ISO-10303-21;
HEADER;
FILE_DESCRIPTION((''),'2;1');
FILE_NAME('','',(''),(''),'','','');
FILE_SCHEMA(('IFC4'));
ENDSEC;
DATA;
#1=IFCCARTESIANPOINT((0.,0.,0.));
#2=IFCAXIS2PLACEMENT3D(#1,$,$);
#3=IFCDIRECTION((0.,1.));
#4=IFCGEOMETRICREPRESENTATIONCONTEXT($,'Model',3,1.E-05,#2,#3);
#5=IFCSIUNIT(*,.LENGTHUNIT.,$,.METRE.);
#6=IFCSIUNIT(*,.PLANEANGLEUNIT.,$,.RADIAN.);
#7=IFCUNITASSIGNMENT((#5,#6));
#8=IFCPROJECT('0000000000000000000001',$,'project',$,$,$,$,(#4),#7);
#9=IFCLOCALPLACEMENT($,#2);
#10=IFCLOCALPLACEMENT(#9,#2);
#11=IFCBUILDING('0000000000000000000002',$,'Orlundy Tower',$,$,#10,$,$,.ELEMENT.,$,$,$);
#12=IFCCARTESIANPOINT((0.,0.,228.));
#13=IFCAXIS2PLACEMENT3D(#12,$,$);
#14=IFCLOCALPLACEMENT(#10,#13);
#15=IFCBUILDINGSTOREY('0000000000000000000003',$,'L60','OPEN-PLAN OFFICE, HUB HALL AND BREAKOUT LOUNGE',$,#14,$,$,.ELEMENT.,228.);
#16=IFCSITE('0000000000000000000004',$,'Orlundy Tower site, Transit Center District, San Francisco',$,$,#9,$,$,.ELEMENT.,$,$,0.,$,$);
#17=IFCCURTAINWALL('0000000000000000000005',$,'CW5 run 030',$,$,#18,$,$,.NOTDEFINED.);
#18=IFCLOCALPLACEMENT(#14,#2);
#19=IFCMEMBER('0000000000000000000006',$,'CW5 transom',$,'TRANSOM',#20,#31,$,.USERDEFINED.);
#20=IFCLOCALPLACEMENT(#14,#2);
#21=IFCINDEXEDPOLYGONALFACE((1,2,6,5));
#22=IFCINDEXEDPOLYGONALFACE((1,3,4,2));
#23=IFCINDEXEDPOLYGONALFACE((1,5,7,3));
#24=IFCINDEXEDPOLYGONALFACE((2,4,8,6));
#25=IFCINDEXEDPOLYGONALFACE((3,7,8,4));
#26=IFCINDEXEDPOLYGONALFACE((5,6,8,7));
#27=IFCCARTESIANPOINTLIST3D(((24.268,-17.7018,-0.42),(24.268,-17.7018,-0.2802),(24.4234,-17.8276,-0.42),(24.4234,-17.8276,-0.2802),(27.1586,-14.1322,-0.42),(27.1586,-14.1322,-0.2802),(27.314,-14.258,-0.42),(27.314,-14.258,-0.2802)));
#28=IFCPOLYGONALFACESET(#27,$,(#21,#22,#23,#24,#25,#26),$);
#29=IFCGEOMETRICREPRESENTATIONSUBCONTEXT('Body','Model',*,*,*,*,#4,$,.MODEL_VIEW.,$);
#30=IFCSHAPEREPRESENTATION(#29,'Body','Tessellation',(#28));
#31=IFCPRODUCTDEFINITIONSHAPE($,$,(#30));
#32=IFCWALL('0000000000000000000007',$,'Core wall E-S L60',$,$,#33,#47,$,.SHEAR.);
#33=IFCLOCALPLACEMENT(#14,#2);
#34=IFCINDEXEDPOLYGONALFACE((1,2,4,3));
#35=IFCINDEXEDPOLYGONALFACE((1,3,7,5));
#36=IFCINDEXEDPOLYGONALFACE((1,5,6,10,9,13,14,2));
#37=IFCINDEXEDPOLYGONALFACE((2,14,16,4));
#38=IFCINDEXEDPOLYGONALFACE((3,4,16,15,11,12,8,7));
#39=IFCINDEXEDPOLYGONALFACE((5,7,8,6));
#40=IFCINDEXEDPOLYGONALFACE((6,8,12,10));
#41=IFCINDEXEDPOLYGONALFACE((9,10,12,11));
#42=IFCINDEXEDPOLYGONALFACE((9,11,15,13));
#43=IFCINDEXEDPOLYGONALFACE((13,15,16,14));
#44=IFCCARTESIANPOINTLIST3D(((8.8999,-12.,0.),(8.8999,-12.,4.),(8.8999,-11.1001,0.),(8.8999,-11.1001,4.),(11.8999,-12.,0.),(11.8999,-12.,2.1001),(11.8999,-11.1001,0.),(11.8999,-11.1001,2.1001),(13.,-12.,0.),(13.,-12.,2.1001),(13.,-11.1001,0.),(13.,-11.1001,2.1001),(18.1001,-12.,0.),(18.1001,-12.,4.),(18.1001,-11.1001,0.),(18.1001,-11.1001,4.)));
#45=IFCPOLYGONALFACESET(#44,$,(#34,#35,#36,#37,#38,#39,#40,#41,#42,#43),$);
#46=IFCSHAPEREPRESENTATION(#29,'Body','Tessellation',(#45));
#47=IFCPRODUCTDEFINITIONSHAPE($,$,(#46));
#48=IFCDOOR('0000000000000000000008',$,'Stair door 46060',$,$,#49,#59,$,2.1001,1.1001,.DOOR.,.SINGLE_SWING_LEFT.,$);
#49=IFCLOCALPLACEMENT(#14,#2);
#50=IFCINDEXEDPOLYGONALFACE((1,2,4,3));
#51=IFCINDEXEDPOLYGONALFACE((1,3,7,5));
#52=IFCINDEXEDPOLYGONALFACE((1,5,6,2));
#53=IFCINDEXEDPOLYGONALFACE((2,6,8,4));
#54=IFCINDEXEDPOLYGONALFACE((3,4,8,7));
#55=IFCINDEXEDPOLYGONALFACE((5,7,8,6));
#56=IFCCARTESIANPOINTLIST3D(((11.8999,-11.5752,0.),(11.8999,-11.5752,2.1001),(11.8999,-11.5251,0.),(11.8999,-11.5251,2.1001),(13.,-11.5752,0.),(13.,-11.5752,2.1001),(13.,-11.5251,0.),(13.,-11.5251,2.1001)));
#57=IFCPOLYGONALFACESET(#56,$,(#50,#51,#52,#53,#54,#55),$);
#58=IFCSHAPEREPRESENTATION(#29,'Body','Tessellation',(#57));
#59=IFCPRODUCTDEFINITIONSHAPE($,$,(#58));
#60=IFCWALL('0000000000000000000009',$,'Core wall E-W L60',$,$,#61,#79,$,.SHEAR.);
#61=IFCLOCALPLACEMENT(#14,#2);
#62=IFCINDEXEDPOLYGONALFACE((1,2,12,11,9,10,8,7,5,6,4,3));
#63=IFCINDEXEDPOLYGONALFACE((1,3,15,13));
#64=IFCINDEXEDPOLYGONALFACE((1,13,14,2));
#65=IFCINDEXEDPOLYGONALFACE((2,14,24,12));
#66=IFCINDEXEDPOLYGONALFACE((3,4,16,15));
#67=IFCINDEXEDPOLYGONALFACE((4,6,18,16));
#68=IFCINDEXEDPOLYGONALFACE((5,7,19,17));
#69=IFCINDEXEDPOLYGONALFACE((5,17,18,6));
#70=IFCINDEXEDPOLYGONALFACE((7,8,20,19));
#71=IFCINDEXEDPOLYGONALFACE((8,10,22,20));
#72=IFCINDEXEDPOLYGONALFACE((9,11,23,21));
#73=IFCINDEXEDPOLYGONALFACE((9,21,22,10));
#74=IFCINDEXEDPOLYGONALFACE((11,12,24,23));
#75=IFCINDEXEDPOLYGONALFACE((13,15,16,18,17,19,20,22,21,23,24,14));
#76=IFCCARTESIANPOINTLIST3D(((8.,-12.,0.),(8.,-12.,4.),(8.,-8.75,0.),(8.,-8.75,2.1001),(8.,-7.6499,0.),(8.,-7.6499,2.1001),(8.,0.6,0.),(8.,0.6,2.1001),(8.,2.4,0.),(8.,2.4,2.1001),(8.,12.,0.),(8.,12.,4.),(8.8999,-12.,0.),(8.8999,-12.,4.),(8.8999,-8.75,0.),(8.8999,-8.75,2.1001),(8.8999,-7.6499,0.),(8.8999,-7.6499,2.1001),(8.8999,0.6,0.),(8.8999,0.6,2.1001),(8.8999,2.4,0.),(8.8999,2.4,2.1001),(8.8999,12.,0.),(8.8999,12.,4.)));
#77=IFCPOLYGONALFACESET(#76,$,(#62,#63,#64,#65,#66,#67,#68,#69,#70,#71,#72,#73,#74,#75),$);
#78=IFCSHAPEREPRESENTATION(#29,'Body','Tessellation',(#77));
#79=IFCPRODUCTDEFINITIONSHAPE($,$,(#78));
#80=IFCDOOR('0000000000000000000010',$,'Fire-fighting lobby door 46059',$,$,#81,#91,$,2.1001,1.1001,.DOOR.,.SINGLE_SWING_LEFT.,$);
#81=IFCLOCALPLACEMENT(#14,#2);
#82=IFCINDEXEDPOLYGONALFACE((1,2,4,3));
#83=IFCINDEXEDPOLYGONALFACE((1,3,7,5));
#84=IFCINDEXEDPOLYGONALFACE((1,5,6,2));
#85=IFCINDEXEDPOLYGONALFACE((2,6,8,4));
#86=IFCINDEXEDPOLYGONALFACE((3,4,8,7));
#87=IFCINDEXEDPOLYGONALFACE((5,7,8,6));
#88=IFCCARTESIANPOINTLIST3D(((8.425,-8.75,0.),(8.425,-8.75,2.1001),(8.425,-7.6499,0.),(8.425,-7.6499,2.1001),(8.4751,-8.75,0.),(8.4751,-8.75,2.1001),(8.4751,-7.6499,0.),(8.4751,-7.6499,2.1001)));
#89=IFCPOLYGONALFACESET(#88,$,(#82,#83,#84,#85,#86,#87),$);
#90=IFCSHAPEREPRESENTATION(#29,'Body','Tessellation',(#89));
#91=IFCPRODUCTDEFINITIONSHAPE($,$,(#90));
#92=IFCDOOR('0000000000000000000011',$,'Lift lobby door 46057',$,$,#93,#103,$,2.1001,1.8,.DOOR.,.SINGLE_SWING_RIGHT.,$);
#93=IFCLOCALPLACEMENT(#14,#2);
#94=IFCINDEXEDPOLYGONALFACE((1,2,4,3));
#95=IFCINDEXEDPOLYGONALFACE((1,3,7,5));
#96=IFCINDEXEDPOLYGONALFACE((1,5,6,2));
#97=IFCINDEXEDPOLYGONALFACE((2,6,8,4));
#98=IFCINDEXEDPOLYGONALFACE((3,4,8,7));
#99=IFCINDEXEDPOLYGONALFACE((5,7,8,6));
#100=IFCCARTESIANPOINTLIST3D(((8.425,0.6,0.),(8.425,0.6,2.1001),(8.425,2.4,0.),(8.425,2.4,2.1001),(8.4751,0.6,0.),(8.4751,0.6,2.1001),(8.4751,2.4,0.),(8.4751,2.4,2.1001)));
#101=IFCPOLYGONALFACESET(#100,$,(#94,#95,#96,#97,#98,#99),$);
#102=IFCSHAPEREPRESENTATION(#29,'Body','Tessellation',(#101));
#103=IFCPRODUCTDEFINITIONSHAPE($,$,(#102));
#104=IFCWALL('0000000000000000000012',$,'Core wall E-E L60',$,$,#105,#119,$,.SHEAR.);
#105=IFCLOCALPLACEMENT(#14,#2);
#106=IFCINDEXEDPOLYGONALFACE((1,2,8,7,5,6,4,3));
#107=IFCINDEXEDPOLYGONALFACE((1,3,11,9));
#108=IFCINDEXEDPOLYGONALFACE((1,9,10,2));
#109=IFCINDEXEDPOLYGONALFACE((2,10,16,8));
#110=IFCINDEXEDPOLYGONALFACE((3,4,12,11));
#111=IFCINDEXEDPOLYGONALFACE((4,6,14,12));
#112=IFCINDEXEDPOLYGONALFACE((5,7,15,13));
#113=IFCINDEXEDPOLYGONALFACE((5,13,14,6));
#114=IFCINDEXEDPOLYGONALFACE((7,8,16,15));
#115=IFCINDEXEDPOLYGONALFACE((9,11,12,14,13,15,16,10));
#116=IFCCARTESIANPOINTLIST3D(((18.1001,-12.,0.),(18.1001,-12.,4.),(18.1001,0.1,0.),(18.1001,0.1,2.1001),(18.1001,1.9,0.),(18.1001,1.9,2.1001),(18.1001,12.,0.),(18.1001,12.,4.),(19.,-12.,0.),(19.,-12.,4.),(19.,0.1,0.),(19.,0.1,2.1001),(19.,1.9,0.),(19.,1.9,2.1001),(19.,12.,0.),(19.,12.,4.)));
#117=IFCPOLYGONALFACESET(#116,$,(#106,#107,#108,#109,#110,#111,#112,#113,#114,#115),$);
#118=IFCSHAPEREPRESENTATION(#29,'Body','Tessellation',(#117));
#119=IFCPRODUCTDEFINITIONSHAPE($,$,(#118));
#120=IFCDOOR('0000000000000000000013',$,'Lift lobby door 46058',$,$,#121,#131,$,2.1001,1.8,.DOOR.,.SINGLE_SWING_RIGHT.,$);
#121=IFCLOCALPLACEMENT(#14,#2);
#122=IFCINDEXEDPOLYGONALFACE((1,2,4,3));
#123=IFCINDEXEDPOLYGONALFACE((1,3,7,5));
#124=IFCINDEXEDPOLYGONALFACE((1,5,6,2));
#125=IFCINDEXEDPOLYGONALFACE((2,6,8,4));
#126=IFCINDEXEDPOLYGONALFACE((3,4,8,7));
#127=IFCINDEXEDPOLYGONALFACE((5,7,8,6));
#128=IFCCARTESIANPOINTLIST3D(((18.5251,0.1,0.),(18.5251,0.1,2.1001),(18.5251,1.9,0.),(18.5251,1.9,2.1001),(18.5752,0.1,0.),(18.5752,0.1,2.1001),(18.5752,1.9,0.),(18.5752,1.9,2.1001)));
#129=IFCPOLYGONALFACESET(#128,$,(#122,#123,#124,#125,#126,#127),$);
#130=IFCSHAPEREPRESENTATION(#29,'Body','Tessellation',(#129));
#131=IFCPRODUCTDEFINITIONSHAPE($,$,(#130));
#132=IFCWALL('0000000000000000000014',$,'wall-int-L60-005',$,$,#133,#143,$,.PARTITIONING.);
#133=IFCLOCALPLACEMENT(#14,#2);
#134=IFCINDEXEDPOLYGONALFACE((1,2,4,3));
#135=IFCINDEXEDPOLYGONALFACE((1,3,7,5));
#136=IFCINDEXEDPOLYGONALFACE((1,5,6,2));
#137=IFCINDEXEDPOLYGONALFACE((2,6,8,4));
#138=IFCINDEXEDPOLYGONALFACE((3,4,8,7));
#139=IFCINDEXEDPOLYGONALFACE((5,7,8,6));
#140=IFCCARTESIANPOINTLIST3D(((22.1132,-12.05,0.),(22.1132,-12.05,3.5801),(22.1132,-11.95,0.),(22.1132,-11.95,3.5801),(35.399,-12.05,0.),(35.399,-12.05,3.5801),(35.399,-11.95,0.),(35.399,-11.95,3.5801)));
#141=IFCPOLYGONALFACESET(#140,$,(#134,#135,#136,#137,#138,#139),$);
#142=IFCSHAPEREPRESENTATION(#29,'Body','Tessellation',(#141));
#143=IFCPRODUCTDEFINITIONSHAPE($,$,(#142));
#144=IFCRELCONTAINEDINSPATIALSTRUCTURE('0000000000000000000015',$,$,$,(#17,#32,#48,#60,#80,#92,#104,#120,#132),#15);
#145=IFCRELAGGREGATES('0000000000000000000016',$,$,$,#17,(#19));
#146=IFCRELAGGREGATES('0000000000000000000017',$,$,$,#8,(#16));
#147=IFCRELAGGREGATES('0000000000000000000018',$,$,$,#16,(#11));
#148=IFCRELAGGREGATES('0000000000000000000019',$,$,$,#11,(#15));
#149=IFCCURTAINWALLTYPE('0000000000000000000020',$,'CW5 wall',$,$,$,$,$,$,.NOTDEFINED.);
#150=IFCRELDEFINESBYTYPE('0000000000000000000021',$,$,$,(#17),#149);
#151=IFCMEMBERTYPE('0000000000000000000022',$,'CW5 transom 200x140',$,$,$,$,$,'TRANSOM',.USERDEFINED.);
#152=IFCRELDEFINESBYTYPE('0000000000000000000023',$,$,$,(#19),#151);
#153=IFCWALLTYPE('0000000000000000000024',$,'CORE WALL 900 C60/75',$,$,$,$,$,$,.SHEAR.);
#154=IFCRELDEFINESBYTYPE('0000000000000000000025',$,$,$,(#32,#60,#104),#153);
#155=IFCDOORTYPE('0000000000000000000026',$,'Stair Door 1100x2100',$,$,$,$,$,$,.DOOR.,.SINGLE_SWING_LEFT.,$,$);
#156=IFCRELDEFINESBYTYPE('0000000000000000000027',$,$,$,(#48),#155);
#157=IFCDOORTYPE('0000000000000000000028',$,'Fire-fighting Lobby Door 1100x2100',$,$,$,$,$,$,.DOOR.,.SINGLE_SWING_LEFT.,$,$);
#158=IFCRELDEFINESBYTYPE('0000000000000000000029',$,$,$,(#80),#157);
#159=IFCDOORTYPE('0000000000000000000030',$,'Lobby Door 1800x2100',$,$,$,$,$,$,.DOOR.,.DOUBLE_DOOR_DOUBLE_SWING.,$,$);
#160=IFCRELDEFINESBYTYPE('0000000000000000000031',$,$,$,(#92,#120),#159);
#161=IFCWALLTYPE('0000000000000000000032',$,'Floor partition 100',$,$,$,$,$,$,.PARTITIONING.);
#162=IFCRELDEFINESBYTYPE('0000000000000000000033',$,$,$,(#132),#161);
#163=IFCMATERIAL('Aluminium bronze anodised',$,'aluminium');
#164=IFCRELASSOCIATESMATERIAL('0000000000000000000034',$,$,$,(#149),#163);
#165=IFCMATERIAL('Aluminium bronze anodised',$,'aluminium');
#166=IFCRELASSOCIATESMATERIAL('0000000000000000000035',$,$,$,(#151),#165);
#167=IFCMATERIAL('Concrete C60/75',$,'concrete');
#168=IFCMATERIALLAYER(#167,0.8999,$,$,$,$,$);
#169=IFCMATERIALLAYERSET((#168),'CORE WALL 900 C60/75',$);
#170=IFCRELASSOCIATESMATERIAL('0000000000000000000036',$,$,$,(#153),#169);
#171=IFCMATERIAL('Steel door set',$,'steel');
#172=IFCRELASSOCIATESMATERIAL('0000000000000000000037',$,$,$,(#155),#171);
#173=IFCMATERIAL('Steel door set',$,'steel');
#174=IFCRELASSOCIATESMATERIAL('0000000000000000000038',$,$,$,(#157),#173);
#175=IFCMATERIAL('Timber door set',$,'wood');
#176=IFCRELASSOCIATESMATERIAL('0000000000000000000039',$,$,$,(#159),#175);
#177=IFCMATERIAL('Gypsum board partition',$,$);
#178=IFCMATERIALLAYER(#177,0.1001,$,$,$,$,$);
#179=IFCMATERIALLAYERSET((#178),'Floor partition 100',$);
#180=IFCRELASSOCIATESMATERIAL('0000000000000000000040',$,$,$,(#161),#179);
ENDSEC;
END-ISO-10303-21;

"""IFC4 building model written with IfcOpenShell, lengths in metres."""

from ifc_helpers import new_model, si_unit, direction, frame, frame_2d, origin, origin_2d, place, context, subcontext, project, spatial, rectangle, extrude, material, layer, layer_set, material_profile, profile_set, type_object, element, fill, aggregate, save


model = new_model("IFC4")

# Units and contexts
model_context = context("Model", 3, precision=1e-05, world=origin(), true_north=direction((0.0, 1.0)))
body_context = subcontext(model_context, "Body", "Model", "MODEL_VIEW")
ifc_project = project(units=[si_unit("LENGTHUNIT", "METRE"), si_unit("PLANEANGLEUNIT", "RADIAN")], contexts=[model_context])

# Site, building, storey
site_placement = place(None, origin())
site = spatial("IfcSite", under=ifc_project, at=site_placement, Name="Orlundy Tower site, Transit Center District, San Francisco", CompositionType="ELEMENT", RefElevation=0.0)
building_placement = place(site_placement, origin())
building = spatial("IfcBuilding", under=site, at=building_placement, Name="Orlundy Tower", CompositionType="ELEMENT")
storey_placement = place(building_placement, frame((0.0, 0.0, 228.0)))
storey = spatial("IfcBuildingStorey", under=building, at=storey_placement, Name="L60", Description="OPEN-PLAN OFFICE, HUB HALL AND BREAKOUT LOUNGE", CompositionType="ELEMENT", Elevation=228.0)

# Curtain wall, member
ifc_material_1 = material(Name="Aluminium bronze anodised", Category="aluminium")
curtain_wall_type = type_object("IfcCurtainWallType", Name="CW5 wall", PredefinedType="NOTDEFINED", material=ifc_material_1)
curtain_wall_placement = place(storey_placement, origin())
curtain_wall = element("IfcCurtainWall", 1, at=curtain_wall_placement, inside=storey, type_object=curtain_wall_type, Name="CW5 run 030", PredefinedType="NOTDEFINED")
ifc_material_2 = material(Name="Aluminium bronze anodised", Category="aluminium")
ifc_material_profile = material_profile(ifc_material_2, rectangle(XDim=0.2, YDim=0.1399, at=origin_2d()), Name="CW5 transom 200x140")
ifc_profile_set = profile_set([ifc_material_profile], Name="Aluminium bronze anodised")
member_type = type_object("IfcMemberType", Name="CW5 transom 200x140", ElementType="TRANSOM", PredefinedType="USERDEFINED", material=ifc_profile_set)
member_placement = place(storey_placement, frame((27.2363, -14.1951, -0.3501), z_axis=(-0.629325, -0.777142, 0.0), x_axis=(0.777142, -0.629325, 0.0)))
member = element("IfcMember", 2, at=member_placement, type_object=member_type, Name="CW5 transom", ObjectType="TRANSOM", PredefinedType="USERDEFINED", context=body_context, shape_type="SweptSolid", body=[
    extrude(rectangle(XDim=0.2, YDim=0.1399, at=origin_2d()), origin(), (0.0, 0.0, 1.0), 4.5933),
])
aggregate(curtain_wall, [member])

# Wall, opening, door
ifc_material_3 = material(Name="Concrete C60/75", Category="concrete")
ifc_layer_1 = layer(ifc_material_3, 0.8999)
ifc_layer_set_1 = layer_set([ifc_layer_1], Name="CORE WALL 900 C60/75")
wall_type_1 = type_object("IfcWallType", Name="CORE WALL 900 C60/75", PredefinedType="SHEAR", material=ifc_layer_set_1)
wall_1_placement = place(storey_placement, frame((8.8999, -11.55, 0.0), z_axis=(0.0, 0.0, 1.0), x_axis=(1.0, 0.0, 0.0)))
wall_1 = element("IfcWall", 3, at=wall_1_placement, inside=storey, type_object=wall_type_1, Name="Core wall E-S L60", PredefinedType="SHEAR", context=body_context, shape_type="SweptSolid", body=[
    extrude(rectangle(XDim=9.2002, YDim=0.8999, at=frame_2d((4.6001, 0.0))), origin(), (0.0, 0.0, 1.0), 4.0),
])
opening_1_placement = place(wall_1_placement, frame((3.0, 0.0, 0.0)))
opening_1 = element("IfcOpeningElement", 4, at=opening_1_placement, cuts=wall_1, PredefinedType="OPENING", context=body_context, shape_type="SweptSolid", body=[
    extrude(rectangle(XDim=1.1001, YDim=2.1001, at=frame_2d((0.55, 1.05))), frame((0.0, 0.46, 0.0), z_axis=(0.0, -1.0, 0.0), x_axis=(1.0, 0.0, 0.0)), (0.0, 0.0, 1.0), 0.9199),
])
ifc_material_4 = material(Name="Steel door set", Category="steel")
door_type_1 = type_object("IfcDoorType", Name="Stair Door 1100x2100", OperationType="SINGLE_SWING_LEFT", PredefinedType="DOOR", material=ifc_material_4)
door_1_placement = place(opening_1_placement, origin())
door_1 = element("IfcDoor", 5, at=door_1_placement, inside=storey, type_object=door_type_1, Name="Stair door 46060", OperationType="SINGLE_SWING_LEFT", OverallHeight=2.1001, OverallWidth=1.1001, PredefinedType="DOOR", context=body_context, shape_type="SweptSolid", body=[
    extrude(rectangle(XDim=1.1001, YDim=2.1001, at=frame_2d((0.55, 1.05))), frame((0.0, 0.0249, 0.0), z_axis=(0.0, -1.0, 0.0), x_axis=(1.0, 0.0, 0.0)), (0.0, 0.0, 1.0), 0.05),
])
fill(opening_1, door_1)

# Wall, openings, doors
wall_2_placement = place(storey_placement, frame((8.45, -12.0, 0.0), z_axis=(0.0, 0.0, 1.0), x_axis=(0.0, 1.0, 0.0)))
wall_2 = element("IfcWall", 6, at=wall_2_placement, inside=storey, type_object=wall_type_1, Name="Core wall E-W L60", PredefinedType="SHEAR", context=body_context, shape_type="SweptSolid", body=[
    extrude(rectangle(XDim=24.0, YDim=0.8999, at=frame_2d((12.0, 0.0))), origin(), (0.0, 0.0, 1.0), 4.0),
])
opening_2_placement = place(wall_2_placement, frame((12.6001, 0.0, 0.0)))
opening_2 = element("IfcOpeningElement", 7, at=opening_2_placement, cuts=wall_2, PredefinedType="OPENING", context=body_context, shape_type="SweptSolid", body=[
    extrude(rectangle(XDim=1.8, YDim=2.1001, at=frame_2d((0.8999, 1.05))), frame((0.0, 0.46, 0.0), z_axis=(0.0, -1.0, 0.0), x_axis=(1.0, 0.0, 0.0)), (0.0, 0.0, 1.0), 0.9199),
])
opening_3_placement = place(wall_2_placement, frame((3.25, 0.0, 0.0)))
opening_3 = element("IfcOpeningElement", 8, at=opening_3_placement, cuts=wall_2, PredefinedType="OPENING", context=body_context, shape_type="SweptSolid", body=[
    extrude(rectangle(XDim=1.1001, YDim=2.1001, at=frame_2d((0.55, 1.05))), frame((0.0, 0.46, 0.0), z_axis=(0.0, -1.0, 0.0), x_axis=(1.0, 0.0, 0.0)), (0.0, 0.0, 1.0), 0.9199),
])
ifc_material_5 = material(Name="Steel door set", Category="steel")
door_type_2 = type_object("IfcDoorType", Name="Fire-fighting Lobby Door 1100x2100", OperationType="SINGLE_SWING_LEFT", PredefinedType="DOOR", material=ifc_material_5)
door_2_placement = place(opening_3_placement, origin())
door_2 = element("IfcDoor", 9, at=door_2_placement, inside=storey, type_object=door_type_2, Name="Fire-fighting lobby door 46059", OperationType="SINGLE_SWING_LEFT", OverallHeight=2.1001, OverallWidth=1.1001, PredefinedType="DOOR", context=body_context, shape_type="SweptSolid", body=[
    extrude(rectangle(XDim=1.1001, YDim=2.1001, at=frame_2d((0.55, 1.05))), frame((0.0, 0.0249, 0.0), z_axis=(0.0, -1.0, 0.0), x_axis=(1.0, 0.0, 0.0)), (0.0, 0.0, 1.0), 0.05),
])
fill(opening_3, door_2)
ifc_material_6 = material(Name="Timber door set", Category="wood")
door_type_3 = type_object("IfcDoorType", Name="Lobby Door 1800x2100", OperationType="DOUBLE_DOOR_DOUBLE_SWING", PredefinedType="DOOR", material=ifc_material_6)
door_3_placement = place(opening_2_placement, origin())
door_3 = element("IfcDoor", 10, at=door_3_placement, inside=storey, type_object=door_type_3, Name="Lift lobby door 46057", OperationType="SINGLE_SWING_RIGHT", OverallHeight=2.1001, OverallWidth=1.8, PredefinedType="DOOR", context=body_context, shape_type="SweptSolid", body=[
    extrude(rectangle(XDim=1.8, YDim=2.1001, at=frame_2d((0.8999, 1.05))), frame((0.0, 0.0249, 0.0), z_axis=(0.0, -1.0, 0.0), x_axis=(1.0, 0.0, 0.0)), (0.0, 0.0, 1.0), 0.05),
])
fill(opening_2, door_3)

# Wall, opening, door
wall_3_placement = place(storey_placement, frame((18.55, -12.0, 0.0), z_axis=(0.0, 0.0, 1.0), x_axis=(0.0, 1.0, 0.0)))
wall_3 = element("IfcWall", 11, at=wall_3_placement, inside=storey, type_object=wall_type_1, Name="Core wall E-E L60", PredefinedType="SHEAR", context=body_context, shape_type="SweptSolid", body=[
    extrude(rectangle(XDim=24.0, YDim=0.8999, at=frame_2d((12.0, 0.0))), origin(), (0.0, 0.0, 1.0), 4.0),
])
opening_4_placement = place(wall_3_placement, frame((12.1001, 0.0, 0.0)))
opening_4 = element("IfcOpeningElement", 12, at=opening_4_placement, cuts=wall_3, PredefinedType="OPENING", context=body_context, shape_type="SweptSolid", body=[
    extrude(rectangle(XDim=1.8, YDim=2.1001, at=frame_2d((0.8999, 1.05))), frame((0.0, 0.46, 0.0), z_axis=(0.0, -1.0, 0.0), x_axis=(1.0, 0.0, 0.0)), (0.0, 0.0, 1.0), 0.9199),
])
door_4_placement = place(opening_4_placement, origin())
door_4 = element("IfcDoor", 13, at=door_4_placement, inside=storey, type_object=door_type_3, Name="Lift lobby door 46058", OperationType="SINGLE_SWING_RIGHT", OverallHeight=2.1001, OverallWidth=1.8, PredefinedType="DOOR", context=body_context, shape_type="SweptSolid", body=[
    extrude(rectangle(XDim=1.8, YDim=2.1001, at=frame_2d((0.8999, 1.05))), frame((0.0, 0.0249, 0.0), z_axis=(0.0, -1.0, 0.0), x_axis=(1.0, 0.0, 0.0)), (0.0, 0.0, 1.0), 0.05),
])
fill(opening_4, door_4)

# Wall
ifc_material_7 = material(Name="Gypsum board partition")
ifc_layer_2 = layer(ifc_material_7, 0.1001)
ifc_layer_set_2 = layer_set([ifc_layer_2], Name="Floor partition 100")
wall_type_2 = type_object("IfcWallType", Name="Floor partition 100", PredefinedType="PARTITIONING", material=ifc_layer_set_2)
wall_4_placement = place(storey_placement, frame((22.113, -12.0, 0.0), z_axis=(0.0, 0.0, 1.0), x_axis=(1.0, 0.0, 0.0)))
element("IfcWall", 14, at=wall_4_placement, inside=storey, type_object=wall_type_2, Name="wall-int-L60-005", PredefinedType="PARTITIONING", context=body_context, shape_type="SweptSolid", body=[
    extrude(rectangle(XDim=13.2859, YDim=0.1001, at=frame_2d((6.6431, 0.0))), origin(), (0.0, 0.0, 1.0), 3.5801),
])

save(model, "model.ifc")
